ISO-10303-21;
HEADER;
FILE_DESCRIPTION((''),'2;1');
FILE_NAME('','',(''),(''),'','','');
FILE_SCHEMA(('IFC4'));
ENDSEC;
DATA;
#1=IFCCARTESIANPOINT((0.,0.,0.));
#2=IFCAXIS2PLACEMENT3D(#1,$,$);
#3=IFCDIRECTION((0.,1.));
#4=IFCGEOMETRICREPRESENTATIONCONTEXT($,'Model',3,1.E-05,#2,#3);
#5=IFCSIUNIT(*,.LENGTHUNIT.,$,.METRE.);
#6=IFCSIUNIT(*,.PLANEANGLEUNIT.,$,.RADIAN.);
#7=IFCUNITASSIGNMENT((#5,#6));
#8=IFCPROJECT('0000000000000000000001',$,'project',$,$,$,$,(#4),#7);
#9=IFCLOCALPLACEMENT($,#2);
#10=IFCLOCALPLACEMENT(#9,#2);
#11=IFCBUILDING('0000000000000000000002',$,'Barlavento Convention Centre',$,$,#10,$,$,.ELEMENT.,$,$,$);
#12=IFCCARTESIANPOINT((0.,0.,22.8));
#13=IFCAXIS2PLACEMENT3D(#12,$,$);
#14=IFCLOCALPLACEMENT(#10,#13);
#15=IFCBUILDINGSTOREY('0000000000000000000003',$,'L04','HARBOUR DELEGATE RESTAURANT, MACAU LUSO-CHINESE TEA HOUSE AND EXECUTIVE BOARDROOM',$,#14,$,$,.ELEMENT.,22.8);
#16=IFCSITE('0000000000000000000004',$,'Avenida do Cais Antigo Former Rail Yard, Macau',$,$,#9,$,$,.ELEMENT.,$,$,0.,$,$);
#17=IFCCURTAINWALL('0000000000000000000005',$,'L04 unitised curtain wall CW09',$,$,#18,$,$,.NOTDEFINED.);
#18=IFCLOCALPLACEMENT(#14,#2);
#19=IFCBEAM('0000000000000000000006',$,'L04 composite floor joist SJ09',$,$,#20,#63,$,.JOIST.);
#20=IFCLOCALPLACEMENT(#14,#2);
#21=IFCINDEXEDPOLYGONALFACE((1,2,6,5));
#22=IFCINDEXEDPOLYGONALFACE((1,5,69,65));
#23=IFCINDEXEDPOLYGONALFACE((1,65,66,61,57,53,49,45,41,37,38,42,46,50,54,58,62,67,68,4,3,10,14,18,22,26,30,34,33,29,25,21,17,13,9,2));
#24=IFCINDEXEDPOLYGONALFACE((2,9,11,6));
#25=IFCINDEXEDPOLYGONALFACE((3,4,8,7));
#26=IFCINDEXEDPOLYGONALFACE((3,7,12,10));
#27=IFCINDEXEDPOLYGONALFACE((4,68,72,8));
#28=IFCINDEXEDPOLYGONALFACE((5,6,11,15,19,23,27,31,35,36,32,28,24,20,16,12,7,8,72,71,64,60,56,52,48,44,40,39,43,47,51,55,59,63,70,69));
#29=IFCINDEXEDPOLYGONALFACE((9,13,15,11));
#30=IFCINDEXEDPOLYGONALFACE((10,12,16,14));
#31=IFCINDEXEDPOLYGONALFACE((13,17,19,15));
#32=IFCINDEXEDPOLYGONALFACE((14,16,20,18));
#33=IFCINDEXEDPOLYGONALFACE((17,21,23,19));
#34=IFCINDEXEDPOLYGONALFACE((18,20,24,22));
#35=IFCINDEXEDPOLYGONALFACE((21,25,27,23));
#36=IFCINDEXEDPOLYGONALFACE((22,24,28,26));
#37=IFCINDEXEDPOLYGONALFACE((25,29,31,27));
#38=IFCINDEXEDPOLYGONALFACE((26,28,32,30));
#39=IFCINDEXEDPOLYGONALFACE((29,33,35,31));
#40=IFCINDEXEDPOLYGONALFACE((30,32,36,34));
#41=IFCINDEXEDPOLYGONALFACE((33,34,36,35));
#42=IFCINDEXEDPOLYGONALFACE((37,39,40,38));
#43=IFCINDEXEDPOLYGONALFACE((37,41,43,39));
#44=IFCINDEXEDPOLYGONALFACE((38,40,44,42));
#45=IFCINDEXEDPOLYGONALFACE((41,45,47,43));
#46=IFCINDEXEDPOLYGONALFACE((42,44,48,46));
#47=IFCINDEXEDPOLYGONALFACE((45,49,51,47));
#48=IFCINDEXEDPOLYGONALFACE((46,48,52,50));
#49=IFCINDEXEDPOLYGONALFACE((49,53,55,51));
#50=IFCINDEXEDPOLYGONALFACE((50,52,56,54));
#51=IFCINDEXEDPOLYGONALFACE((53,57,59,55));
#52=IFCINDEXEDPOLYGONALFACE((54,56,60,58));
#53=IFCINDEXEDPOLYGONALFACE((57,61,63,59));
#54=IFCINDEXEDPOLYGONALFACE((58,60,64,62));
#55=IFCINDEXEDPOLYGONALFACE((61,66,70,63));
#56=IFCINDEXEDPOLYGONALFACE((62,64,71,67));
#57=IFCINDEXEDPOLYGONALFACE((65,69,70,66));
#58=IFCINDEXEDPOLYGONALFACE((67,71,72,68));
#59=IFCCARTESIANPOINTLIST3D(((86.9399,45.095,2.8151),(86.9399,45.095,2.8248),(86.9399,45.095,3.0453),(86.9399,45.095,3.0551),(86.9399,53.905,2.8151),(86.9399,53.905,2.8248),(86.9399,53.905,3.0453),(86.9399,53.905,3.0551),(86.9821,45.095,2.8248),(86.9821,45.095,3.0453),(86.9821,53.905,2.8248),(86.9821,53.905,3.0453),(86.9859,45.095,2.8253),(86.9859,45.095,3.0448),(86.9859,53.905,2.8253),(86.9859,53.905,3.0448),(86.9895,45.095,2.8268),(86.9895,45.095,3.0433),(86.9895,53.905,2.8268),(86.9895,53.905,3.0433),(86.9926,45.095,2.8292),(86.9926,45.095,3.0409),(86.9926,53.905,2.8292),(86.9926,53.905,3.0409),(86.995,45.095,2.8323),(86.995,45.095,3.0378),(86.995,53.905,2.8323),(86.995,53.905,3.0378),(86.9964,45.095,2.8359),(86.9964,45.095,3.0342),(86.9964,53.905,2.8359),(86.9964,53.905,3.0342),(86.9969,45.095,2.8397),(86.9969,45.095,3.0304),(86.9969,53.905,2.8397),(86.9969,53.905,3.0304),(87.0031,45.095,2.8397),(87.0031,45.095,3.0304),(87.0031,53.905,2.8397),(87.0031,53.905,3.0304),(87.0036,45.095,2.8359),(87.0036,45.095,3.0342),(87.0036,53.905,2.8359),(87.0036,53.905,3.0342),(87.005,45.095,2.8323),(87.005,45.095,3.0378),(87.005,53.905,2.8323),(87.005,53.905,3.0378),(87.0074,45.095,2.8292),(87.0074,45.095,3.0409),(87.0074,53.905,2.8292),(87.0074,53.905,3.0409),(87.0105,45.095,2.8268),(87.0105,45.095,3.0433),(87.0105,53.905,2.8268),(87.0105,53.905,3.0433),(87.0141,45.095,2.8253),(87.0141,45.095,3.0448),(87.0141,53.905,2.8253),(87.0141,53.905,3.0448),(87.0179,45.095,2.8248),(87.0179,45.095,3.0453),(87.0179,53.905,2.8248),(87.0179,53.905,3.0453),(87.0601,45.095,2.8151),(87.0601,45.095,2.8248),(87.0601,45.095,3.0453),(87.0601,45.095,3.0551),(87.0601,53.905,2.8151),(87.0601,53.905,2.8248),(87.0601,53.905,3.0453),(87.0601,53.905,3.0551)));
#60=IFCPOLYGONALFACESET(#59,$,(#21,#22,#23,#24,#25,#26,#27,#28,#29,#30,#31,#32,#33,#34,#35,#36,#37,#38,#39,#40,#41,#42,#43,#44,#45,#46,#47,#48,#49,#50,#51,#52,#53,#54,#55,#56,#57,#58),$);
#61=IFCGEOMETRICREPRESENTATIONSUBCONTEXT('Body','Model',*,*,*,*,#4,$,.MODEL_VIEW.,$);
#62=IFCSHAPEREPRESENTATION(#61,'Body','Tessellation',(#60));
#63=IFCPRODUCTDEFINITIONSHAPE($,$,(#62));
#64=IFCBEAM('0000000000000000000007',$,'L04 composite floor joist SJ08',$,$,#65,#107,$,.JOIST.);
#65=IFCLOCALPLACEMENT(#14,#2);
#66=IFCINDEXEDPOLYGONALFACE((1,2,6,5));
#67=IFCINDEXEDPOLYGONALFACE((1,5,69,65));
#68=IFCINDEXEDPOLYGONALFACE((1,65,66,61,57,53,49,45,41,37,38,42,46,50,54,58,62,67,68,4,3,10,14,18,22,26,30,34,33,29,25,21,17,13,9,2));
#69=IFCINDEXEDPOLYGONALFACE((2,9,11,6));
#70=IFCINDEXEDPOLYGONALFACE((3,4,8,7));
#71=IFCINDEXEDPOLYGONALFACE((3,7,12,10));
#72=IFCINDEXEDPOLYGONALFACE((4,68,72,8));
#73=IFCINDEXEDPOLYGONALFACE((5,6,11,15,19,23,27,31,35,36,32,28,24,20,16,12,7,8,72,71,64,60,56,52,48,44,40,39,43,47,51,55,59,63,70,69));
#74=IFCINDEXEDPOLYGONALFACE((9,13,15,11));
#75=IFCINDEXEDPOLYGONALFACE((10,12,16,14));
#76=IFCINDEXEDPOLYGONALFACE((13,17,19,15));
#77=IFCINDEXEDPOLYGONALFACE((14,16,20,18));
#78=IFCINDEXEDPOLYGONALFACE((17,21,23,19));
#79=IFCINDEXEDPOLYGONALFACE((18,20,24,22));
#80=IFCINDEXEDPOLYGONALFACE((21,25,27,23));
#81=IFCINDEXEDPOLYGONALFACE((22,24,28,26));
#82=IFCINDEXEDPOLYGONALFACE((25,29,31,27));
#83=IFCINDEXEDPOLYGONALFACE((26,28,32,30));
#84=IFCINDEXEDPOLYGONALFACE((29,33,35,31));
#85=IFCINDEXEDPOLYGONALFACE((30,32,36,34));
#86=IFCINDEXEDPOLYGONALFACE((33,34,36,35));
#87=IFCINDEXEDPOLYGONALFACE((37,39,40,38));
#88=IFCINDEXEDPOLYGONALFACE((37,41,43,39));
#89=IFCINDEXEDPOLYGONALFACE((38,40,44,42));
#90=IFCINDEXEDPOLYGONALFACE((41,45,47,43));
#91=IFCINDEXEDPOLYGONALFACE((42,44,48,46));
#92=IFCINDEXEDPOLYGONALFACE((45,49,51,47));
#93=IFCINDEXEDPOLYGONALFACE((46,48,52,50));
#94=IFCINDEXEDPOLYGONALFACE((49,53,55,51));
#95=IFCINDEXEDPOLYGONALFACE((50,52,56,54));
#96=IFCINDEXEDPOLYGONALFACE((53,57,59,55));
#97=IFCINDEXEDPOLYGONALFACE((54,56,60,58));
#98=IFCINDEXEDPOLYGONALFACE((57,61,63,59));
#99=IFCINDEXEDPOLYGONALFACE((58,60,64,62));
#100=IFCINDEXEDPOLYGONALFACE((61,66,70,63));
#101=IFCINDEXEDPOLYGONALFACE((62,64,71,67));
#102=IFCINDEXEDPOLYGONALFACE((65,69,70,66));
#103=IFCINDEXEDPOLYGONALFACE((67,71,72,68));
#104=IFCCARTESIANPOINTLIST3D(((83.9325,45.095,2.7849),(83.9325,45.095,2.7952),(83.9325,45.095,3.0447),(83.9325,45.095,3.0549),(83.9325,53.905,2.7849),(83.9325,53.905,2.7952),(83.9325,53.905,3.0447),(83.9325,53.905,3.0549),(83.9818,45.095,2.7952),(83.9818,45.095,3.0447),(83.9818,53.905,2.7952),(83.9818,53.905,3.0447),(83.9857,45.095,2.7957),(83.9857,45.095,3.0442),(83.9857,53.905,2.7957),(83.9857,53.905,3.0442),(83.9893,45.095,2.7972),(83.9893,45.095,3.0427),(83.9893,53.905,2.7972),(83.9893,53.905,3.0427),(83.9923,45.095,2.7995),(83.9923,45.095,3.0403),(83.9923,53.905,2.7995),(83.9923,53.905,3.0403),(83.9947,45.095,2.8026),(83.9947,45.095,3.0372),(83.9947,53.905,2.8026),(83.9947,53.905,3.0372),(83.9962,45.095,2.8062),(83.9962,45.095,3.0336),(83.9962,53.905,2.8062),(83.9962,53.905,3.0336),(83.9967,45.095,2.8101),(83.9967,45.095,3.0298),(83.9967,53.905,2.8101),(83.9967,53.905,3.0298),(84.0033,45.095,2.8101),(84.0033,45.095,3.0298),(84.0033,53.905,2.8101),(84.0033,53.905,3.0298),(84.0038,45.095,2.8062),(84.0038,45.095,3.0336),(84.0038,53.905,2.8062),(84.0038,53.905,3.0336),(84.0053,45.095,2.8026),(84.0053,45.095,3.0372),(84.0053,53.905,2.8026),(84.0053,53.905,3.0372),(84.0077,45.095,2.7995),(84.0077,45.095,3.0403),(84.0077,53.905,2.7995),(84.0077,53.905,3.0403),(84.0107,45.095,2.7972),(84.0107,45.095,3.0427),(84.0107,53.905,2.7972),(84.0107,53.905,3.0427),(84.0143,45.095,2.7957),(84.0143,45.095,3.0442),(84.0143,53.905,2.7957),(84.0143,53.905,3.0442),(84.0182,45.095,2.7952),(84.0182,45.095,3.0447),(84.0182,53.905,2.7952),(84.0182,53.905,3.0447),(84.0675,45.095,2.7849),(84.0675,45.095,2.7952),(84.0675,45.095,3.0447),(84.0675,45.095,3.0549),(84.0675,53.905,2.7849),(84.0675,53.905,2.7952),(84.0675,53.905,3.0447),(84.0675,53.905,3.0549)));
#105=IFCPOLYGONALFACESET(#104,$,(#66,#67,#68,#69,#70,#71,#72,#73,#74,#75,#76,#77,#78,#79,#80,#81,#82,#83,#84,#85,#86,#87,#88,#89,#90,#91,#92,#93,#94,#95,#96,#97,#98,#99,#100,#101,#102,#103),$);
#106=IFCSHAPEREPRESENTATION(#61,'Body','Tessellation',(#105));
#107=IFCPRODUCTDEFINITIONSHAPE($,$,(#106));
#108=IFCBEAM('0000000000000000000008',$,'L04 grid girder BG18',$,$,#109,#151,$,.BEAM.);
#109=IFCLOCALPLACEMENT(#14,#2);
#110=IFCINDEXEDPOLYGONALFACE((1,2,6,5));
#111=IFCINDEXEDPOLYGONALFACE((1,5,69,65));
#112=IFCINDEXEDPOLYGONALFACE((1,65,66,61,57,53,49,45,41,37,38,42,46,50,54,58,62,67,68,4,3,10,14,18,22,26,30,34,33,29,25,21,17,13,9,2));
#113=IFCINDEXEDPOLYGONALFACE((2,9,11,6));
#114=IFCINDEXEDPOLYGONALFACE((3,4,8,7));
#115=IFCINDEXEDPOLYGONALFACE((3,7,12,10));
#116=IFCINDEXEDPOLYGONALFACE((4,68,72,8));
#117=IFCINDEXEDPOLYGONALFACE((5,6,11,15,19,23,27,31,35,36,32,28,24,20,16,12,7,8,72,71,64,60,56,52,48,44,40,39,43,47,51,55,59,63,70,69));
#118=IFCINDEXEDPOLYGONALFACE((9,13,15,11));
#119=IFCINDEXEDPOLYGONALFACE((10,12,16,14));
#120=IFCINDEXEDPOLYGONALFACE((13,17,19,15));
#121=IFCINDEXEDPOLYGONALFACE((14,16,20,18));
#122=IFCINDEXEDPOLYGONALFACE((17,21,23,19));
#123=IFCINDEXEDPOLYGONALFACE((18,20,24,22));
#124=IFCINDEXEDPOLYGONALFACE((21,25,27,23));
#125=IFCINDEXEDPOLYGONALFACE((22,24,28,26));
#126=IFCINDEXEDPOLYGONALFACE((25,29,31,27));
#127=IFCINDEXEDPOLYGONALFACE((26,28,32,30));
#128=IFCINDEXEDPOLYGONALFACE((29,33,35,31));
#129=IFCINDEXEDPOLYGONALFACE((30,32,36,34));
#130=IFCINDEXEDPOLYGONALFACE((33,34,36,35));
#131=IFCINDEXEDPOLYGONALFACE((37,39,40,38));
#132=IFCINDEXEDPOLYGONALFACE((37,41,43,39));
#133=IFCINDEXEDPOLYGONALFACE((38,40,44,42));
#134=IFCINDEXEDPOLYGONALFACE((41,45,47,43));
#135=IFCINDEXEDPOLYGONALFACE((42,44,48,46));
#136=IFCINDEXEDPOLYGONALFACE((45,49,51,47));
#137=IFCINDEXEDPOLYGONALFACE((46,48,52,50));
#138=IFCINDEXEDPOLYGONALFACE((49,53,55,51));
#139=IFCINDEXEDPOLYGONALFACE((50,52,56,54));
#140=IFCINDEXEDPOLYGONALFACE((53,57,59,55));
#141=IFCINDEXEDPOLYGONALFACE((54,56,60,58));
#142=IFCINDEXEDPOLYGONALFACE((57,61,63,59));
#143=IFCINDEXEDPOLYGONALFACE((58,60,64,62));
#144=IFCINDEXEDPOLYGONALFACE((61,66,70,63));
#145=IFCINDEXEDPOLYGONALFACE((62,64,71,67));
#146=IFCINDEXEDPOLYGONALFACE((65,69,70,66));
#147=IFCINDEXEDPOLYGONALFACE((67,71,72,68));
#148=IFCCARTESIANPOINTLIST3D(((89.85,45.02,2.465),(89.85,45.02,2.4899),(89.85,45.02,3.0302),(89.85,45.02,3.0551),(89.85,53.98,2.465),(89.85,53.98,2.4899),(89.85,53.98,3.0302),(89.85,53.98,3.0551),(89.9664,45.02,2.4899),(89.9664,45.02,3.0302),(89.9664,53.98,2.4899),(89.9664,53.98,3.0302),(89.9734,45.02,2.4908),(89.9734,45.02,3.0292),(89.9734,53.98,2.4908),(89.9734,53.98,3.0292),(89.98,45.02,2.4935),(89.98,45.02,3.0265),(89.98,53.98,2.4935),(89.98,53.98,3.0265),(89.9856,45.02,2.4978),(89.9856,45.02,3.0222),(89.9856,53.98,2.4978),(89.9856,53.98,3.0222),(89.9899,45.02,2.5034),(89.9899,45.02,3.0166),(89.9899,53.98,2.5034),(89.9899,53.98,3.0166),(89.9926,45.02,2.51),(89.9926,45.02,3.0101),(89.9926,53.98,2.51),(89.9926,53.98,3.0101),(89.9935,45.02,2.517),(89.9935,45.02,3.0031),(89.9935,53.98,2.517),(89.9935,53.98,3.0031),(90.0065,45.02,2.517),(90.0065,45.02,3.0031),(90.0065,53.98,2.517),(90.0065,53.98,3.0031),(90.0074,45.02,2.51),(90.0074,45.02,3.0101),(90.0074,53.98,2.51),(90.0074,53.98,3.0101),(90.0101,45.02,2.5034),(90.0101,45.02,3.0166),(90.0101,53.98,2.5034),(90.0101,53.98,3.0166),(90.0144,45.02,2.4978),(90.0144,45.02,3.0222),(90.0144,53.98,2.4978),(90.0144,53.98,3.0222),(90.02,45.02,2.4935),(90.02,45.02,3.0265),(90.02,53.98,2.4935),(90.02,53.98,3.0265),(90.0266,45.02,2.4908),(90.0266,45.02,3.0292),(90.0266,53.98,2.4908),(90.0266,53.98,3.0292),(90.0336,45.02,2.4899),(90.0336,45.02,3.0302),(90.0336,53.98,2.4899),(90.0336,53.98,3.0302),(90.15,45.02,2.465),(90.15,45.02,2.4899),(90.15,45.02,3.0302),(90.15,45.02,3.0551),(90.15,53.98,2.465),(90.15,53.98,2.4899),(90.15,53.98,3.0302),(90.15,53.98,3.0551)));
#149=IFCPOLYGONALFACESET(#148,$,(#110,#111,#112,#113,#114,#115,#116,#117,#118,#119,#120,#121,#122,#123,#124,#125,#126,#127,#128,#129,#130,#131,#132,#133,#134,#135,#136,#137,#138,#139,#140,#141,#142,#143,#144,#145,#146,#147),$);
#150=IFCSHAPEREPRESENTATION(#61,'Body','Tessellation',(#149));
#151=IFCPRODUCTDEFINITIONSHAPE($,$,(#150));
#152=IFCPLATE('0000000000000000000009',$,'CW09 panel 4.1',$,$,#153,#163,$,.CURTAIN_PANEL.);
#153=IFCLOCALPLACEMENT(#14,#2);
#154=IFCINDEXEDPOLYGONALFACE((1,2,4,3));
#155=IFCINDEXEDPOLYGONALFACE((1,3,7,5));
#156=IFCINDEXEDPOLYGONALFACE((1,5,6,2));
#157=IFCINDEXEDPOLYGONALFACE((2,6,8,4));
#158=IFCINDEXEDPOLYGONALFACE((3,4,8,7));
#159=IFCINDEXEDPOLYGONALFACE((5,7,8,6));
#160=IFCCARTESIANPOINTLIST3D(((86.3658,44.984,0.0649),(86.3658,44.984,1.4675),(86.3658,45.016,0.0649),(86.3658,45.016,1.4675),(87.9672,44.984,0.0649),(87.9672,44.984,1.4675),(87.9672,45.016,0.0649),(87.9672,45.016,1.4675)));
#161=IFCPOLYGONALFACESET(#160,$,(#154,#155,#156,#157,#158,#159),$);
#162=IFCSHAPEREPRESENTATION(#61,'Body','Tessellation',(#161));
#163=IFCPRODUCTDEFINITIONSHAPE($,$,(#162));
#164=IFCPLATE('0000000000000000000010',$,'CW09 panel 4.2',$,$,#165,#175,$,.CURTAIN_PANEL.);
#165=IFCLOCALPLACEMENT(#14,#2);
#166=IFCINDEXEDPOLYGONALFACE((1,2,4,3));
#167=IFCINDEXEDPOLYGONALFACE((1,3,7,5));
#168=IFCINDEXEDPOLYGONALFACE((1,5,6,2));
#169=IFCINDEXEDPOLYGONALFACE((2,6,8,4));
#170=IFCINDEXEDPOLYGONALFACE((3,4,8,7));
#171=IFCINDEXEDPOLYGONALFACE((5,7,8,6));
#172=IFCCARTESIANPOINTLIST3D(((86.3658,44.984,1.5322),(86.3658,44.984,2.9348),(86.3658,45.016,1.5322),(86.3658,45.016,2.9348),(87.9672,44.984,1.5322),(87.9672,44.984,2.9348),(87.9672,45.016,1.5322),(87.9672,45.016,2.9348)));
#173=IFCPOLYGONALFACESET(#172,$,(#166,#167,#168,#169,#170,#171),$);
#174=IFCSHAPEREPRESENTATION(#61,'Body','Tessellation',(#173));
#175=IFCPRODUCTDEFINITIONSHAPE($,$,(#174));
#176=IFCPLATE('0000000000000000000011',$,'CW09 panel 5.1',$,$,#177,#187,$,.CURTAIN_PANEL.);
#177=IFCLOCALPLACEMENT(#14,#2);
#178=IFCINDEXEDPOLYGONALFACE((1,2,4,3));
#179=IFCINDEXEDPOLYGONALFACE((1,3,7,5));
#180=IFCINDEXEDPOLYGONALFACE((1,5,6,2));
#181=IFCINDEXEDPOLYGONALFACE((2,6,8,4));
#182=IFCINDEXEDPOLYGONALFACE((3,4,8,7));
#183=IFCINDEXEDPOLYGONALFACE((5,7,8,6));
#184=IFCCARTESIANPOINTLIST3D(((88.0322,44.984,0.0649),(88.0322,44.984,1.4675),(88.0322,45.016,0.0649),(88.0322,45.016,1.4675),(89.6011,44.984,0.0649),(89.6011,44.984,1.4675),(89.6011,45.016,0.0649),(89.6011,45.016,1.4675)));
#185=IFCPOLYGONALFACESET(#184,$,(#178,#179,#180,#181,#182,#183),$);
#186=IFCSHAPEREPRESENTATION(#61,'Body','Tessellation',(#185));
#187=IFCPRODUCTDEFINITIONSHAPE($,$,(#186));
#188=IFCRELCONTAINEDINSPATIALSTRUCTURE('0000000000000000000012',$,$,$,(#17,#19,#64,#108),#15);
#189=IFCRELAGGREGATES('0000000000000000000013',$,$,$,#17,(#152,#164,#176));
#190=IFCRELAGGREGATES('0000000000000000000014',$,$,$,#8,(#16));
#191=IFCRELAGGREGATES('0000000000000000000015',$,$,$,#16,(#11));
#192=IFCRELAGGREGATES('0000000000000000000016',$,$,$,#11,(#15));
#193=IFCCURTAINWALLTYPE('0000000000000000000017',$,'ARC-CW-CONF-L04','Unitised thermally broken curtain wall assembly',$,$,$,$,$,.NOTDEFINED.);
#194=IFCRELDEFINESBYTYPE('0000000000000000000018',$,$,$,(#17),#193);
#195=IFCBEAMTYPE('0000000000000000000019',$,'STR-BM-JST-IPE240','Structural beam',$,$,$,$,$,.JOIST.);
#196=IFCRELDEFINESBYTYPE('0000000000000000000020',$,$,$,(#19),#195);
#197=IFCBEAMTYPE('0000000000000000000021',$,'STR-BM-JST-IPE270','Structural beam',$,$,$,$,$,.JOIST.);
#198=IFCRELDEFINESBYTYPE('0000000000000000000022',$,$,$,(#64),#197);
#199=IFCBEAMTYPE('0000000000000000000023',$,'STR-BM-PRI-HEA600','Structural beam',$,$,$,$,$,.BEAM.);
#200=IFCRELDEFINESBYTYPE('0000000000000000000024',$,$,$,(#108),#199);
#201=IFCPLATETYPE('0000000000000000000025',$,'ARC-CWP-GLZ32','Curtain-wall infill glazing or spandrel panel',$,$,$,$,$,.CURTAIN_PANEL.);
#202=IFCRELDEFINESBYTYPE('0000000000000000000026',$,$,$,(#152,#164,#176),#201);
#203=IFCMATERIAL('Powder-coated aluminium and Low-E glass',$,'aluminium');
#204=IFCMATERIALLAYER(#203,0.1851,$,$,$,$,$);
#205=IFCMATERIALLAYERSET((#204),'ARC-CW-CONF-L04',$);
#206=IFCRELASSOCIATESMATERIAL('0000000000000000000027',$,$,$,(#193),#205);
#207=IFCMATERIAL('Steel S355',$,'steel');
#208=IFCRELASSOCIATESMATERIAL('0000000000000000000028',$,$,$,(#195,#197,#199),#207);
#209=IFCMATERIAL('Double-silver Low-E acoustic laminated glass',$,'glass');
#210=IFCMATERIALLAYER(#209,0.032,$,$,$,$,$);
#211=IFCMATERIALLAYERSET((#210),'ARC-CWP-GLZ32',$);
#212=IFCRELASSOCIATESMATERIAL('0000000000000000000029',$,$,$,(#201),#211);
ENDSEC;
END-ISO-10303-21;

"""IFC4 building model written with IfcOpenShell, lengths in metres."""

from ifc_helpers import new_model, si_unit, direction, frame, origin, origin_2d, place, context, subcontext, project, spatial, rectangle, i_section, extrude, material, layer, layer_set, material_profile, profile_set, type_object, element, aggregate, save


model = new_model("IFC4")

# Units and contexts
model_context = context("Model", 3, precision=1e-05, world=origin(), true_north=direction((0.0, 1.0)))
body_context = subcontext(model_context, "Body", "Model", "MODEL_VIEW")
ifc_project = project(units=[si_unit("LENGTHUNIT", "METRE"), si_unit("PLANEANGLEUNIT", "RADIAN")], contexts=[model_context])

# Site, building, storey
site_placement = place(None, origin())
site = spatial("IfcSite", under=ifc_project, at=site_placement, Name="Avenida do Cais Antigo Former Rail Yard, Macau", CompositionType="ELEMENT", RefElevation=0.0)
building_placement = place(site_placement, origin())
building = spatial("IfcBuilding", under=site, at=building_placement, Name="Barlavento Convention Centre", CompositionType="ELEMENT")
storey_placement = place(building_placement, frame((0.0, 0.0, 22.8)))
storey = spatial("IfcBuildingStorey", under=building, at=storey_placement, Name="L04", Description="HARBOUR DELEGATE RESTAURANT, MACAU LUSO-CHINESE TEA HOUSE AND EXECUTIVE BOARDROOM", CompositionType="ELEMENT", Elevation=22.8)

# Curtain wall
ifc_material_1 = material(Name="Powder-coated aluminium and Low-E glass", Category="aluminium")
ifc_layer_1 = layer(ifc_material_1, 0.1851)
ifc_layer_set_1 = layer_set([ifc_layer_1], Name="ARC-CW-CONF-L04")
curtain_wall_type = type_object("IfcCurtainWallType", Name="ARC-CW-CONF-L04", Description="Unitised thermally broken curtain wall assembly", PredefinedType="NOTDEFINED", material=ifc_layer_set_1)
curtain_wall_1_placement = place(storey_placement, origin())
curtain_wall_1 = element("IfcCurtainWall", 1, at=curtain_wall_1_placement, inside=storey, type_object=curtain_wall_type, Name="L04 unitised curtain wall CW09", PredefinedType="NOTDEFINED")

# Beams
ifc_material_2 = material(Name="Steel S355", Category="steel")
ifc_material_profile_1 = material_profile(ifc_material_2, i_section(OverallWidth=0.1201, OverallDepth=0.24, WebThickness=0.0061, FlangeThickness=0.0098, FilletRadius=0.0149, at=origin_2d()), Name="IPE 240")
ifc_profile_set_1 = profile_set([ifc_material_profile_1], Name="Steel S355")
beam_type_1 = type_object("IfcBeamType", Name="STR-BM-JST-IPE240", Description="Structural beam", PredefinedType="JOIST", material=ifc_profile_set_1)
beam_1_placement = place(storey_placement, frame((87.0, 45.095, 2.9351), z_axis=(0.0, 1.0, 0.0), x_axis=(-1.0, 0.0, 0.0)))
element("IfcBeam", 2, at=beam_1_placement, inside=storey, type_object=beam_type_1, Name="L04 composite floor joist SJ09", PredefinedType="JOIST", context=body_context, shape_type="SweptSolid", body=[
    extrude(i_section(OverallWidth=0.1201, OverallDepth=0.24, WebThickness=0.0061, FlangeThickness=0.0098, FilletRadius=0.0149, at=origin_2d()), origin(), (0.0, 0.0, 1.0), 8.8101),
])
ifc_material_profile_2 = material_profile(ifc_material_2, i_section(OverallWidth=0.135, OverallDepth=0.27, WebThickness=0.0066, FlangeThickness=0.0103, FilletRadius=0.0149, at=origin_2d()), Name="IPE 270")
ifc_profile_set_2 = profile_set([ifc_material_profile_2], Name="Steel S355")
beam_type_2 = type_object("IfcBeamType", Name="STR-BM-JST-IPE270", Description="Structural beam", PredefinedType="JOIST", material=ifc_profile_set_2)
beam_2_placement = place(storey_placement, frame((84.0, 45.095, 2.9199), z_axis=(0.0, 1.0, 0.0), x_axis=(-1.0, 0.0, 0.0)))
element("IfcBeam", 3, at=beam_2_placement, inside=storey, type_object=beam_type_2, Name="L04 composite floor joist SJ08", PredefinedType="JOIST", context=body_context, shape_type="SweptSolid", body=[
    extrude(i_section(OverallWidth=0.135, OverallDepth=0.27, WebThickness=0.0066, FlangeThickness=0.0103, FilletRadius=0.0149, at=origin_2d()), origin(), (0.0, 0.0, 1.0), 8.8101),
])
ifc_material_profile_3 = material_profile(ifc_material_2, i_section(OverallWidth=0.3, OverallDepth=0.5901, WebThickness=0.0129, FlangeThickness=0.0249, FilletRadius=0.0271, at=origin_2d()), Name="HEA 600")
ifc_profile_set_3 = profile_set([ifc_material_profile_3], Name="Steel S355")
beam_type_3 = type_object("IfcBeamType", Name="STR-BM-PRI-HEA600", Description="Structural beam", PredefinedType="BEAM", material=ifc_profile_set_3)
beam_3_placement = place(storey_placement, frame((90.0, 45.02, 2.76), z_axis=(0.0, 1.0, 0.0), x_axis=(-1.0, 0.0, 0.0)))
element("IfcBeam", 4, at=beam_3_placement, inside=storey, type_object=beam_type_3, Name="L04 grid girder BG18", PredefinedType="BEAM", context=body_context, shape_type="SweptSolid", body=[
    extrude(i_section(OverallWidth=0.3, OverallDepth=0.5901, WebThickness=0.0129, FlangeThickness=0.0249, FilletRadius=0.0271, at=origin_2d()), origin(), (0.0, 0.0, 1.0), 8.96),
])

# Plates
ifc_material_3 = material(Name="Double-silver Low-E acoustic laminated glass", Category="glass")
ifc_layer_2 = layer(ifc_material_3, 0.032)
ifc_layer_set_2 = layer_set([ifc_layer_2], Name="ARC-CWP-GLZ32")
plate_type_1 = type_object("IfcPlateType", Name="ARC-CWP-GLZ32", Description="Curtain-wall infill glazing or spandrel panel", PredefinedType="CURTAIN_PANEL", material=ifc_layer_set_2)
plate_1_placement = place(storey_placement, frame((87.1665, 45.0, 0.0649), z_axis=(0.0, 0.0, 1.0), x_axis=(1.0, 0.0, 0.0)))
plate_1 = element("IfcPlate", 5, at=plate_1_placement, type_object=plate_type_1, Name="CW09 panel 4.1", PredefinedType="CURTAIN_PANEL", context=body_context, shape_type="SweptSolid", body=[
    extrude(rectangle(XDim=1.6013, YDim=0.032, at=origin_2d()), origin(), (0.0, 0.0, 1.0), 1.4026),
])
plate_2_placement = place(storey_placement, frame((87.1665, 45.0, 1.5322), z_axis=(0.0, 0.0, 1.0), x_axis=(1.0, 0.0, 0.0)))
plate_2 = element("IfcPlate", 6, at=plate_2_placement, type_object=plate_type_1, Name="CW09 panel 4.2", PredefinedType="CURTAIN_PANEL", context=body_context, shape_type="SweptSolid", body=[
    extrude(rectangle(XDim=1.6013, YDim=0.032, at=origin_2d()), origin(), (0.0, 0.0, 1.0), 1.4026),
])
plate_3_placement = place(storey_placement, frame((88.8167, 45.0, 0.0649), z_axis=(0.0, 0.0, 1.0), x_axis=(1.0, 0.0, 0.0)))
plate_3 = element("IfcPlate", 7, at=plate_3_placement, type_object=plate_type_1, Name="CW09 panel 5.1", PredefinedType="CURTAIN_PANEL", context=body_context, shape_type="SweptSolid", body=[
    extrude(rectangle(XDim=1.5688, YDim=0.032, at=origin_2d()), origin(), (0.0, 0.0, 1.0), 1.4026),
])
aggregate(curtain_wall_1, [plate_1, plate_2, plate_3])

save(model, "model.ifc")
